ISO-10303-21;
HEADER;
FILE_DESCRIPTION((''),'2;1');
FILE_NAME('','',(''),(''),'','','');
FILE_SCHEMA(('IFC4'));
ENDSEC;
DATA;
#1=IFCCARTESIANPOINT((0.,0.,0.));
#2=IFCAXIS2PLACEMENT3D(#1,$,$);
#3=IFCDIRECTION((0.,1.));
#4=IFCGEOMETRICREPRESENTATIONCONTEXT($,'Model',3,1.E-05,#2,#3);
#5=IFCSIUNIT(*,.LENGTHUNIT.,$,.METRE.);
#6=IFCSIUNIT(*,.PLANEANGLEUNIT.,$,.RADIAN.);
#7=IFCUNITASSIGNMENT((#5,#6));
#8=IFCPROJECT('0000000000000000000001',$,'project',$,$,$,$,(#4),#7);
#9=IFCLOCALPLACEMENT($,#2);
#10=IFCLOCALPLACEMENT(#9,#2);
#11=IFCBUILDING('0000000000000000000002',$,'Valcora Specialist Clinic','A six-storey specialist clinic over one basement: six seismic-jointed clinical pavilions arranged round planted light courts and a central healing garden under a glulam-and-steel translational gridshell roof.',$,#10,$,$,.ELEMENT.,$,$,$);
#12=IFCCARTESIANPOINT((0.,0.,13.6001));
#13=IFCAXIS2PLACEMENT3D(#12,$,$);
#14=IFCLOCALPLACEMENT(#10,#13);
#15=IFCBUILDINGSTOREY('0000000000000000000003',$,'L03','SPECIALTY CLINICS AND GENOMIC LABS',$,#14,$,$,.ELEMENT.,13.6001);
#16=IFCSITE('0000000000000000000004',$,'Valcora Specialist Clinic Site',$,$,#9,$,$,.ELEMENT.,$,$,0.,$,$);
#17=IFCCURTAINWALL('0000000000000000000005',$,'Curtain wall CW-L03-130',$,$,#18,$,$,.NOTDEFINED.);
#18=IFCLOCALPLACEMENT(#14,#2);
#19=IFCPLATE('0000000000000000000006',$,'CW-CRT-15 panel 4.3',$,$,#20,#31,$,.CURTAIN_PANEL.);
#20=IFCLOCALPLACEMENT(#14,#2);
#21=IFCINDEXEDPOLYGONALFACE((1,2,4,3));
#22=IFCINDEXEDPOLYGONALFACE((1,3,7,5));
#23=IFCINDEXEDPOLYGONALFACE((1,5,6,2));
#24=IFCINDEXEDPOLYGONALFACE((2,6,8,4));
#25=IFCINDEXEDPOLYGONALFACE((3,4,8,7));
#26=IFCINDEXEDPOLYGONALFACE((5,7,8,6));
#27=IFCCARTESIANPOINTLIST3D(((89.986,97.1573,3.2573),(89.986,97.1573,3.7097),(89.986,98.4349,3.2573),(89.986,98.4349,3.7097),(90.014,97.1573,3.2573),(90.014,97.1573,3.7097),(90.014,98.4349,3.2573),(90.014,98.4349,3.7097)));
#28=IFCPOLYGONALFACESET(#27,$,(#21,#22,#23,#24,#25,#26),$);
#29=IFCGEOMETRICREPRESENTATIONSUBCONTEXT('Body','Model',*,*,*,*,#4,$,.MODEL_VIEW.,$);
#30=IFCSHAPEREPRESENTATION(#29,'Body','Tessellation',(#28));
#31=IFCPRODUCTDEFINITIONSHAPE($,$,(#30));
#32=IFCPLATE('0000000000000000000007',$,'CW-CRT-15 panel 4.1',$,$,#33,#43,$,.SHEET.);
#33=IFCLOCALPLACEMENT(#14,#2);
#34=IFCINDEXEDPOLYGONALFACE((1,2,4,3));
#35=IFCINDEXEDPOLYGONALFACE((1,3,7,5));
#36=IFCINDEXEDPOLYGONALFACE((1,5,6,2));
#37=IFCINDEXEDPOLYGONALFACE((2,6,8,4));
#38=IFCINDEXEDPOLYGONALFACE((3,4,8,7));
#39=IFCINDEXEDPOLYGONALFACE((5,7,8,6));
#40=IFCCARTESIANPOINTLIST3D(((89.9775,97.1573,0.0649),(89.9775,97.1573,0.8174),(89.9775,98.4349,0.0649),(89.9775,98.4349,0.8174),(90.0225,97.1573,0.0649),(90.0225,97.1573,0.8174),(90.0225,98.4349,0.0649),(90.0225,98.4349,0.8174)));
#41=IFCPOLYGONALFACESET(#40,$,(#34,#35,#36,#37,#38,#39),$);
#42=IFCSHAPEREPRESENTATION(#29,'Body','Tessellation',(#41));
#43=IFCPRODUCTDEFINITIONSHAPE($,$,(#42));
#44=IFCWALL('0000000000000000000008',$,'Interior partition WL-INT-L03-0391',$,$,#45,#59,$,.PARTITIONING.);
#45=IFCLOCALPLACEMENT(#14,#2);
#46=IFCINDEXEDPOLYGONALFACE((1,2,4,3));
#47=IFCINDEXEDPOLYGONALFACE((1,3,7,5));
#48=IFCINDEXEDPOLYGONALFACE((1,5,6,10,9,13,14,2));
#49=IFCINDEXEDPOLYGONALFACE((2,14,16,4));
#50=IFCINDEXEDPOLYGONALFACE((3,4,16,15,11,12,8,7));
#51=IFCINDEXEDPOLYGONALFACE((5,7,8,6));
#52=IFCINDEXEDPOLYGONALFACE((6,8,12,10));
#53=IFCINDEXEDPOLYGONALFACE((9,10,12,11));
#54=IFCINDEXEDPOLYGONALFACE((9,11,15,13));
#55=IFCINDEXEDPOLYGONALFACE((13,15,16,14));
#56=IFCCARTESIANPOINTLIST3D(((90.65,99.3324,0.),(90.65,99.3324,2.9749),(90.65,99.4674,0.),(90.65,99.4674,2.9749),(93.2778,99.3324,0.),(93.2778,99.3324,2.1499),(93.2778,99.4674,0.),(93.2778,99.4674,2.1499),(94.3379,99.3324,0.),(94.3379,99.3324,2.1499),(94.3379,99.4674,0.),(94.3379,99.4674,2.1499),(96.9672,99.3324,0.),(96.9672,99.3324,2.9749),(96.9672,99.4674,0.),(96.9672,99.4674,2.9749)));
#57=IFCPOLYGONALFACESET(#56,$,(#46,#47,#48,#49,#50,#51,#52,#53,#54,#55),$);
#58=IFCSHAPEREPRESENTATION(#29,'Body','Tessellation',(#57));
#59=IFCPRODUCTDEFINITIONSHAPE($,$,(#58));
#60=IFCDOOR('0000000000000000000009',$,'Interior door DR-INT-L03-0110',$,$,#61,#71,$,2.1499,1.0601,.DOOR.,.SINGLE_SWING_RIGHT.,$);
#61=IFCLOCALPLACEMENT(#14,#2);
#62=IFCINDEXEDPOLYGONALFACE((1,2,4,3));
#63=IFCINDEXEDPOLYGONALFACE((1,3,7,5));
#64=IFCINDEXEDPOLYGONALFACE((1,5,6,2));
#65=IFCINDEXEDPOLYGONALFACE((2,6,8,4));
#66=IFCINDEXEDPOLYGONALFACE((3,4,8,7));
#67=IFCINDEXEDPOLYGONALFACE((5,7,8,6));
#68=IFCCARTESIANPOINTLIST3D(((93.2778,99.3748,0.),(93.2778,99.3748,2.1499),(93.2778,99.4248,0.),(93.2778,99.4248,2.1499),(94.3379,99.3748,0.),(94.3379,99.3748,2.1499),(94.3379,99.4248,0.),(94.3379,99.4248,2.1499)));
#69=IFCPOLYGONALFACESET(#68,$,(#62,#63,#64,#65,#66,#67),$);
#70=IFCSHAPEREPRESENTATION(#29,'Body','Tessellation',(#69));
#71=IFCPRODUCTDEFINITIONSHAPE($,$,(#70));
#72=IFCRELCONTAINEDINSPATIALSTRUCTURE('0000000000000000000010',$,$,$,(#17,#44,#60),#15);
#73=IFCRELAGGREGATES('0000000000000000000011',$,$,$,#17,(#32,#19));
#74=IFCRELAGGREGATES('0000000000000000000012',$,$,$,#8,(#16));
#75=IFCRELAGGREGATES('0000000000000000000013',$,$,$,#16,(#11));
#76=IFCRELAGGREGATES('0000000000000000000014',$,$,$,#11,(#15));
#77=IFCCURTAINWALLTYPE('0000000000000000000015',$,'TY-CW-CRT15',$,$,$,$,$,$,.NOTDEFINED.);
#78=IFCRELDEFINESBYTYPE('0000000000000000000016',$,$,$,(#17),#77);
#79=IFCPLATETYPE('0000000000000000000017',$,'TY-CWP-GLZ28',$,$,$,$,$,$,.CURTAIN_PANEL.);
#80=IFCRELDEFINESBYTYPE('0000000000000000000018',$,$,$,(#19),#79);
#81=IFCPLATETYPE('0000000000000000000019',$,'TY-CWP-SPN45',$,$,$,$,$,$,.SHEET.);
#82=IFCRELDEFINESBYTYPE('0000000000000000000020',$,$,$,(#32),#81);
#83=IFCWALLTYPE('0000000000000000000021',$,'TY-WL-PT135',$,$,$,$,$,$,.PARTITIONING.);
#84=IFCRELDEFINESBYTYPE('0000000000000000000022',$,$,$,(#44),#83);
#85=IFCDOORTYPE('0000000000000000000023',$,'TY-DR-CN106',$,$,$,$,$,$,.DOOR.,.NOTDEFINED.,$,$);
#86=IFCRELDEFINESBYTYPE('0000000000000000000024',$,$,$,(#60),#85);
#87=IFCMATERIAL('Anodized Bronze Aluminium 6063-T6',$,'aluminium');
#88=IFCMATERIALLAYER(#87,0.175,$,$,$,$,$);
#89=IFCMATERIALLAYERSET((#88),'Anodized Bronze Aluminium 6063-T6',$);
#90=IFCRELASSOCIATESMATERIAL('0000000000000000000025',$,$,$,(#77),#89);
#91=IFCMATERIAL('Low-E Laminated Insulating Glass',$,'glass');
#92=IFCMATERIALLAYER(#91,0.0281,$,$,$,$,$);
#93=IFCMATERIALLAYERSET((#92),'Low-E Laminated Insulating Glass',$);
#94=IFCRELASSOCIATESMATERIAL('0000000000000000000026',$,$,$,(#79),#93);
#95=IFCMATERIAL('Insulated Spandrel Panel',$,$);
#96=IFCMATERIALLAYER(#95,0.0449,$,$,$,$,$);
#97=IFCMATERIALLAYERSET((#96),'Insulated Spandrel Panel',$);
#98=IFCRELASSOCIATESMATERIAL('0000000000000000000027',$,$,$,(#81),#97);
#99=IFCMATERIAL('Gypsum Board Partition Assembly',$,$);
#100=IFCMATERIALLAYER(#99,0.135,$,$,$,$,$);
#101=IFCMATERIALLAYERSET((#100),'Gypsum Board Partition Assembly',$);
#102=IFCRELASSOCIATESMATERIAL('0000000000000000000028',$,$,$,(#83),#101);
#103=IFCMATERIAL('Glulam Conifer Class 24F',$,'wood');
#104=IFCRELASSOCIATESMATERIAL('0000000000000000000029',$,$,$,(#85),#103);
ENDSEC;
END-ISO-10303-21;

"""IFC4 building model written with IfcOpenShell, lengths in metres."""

from ifc_helpers import new_model, si_unit, direction, frame, frame_2d, origin, origin_2d, place, context, subcontext, project, spatial, rectangle, extrude, material, layer, layer_set, type_object, element, fill, aggregate, save


model = new_model("IFC4")

# Units and contexts
model_context = context("Model", 3, precision=1e-05, world=origin(), true_north=direction((0.0, 1.0)))
body_context = subcontext(model_context, "Body", "Model", "MODEL_VIEW")
ifc_project = project(units=[si_unit("LENGTHUNIT", "METRE"), si_unit("PLANEANGLEUNIT", "RADIAN")], contexts=[model_context])

# Site, building, storey
site_placement = place(None, origin())
site = spatial("IfcSite", under=ifc_project, at=site_placement, Name="Valcora Specialist Clinic Site", CompositionType="ELEMENT", RefElevation=0.0)
building_placement = place(site_placement, origin())
building = spatial("IfcBuilding", under=site, at=building_placement, Name="Valcora Specialist Clinic", Description="A six-storey specialist clinic over one basement: six seismic-jointed clinical pavilions arranged round planted light courts and a central healing garden under a glulam-and-steel translational gridshell roof.", CompositionType="ELEMENT")
storey_placement = place(building_placement, frame((0.0, 0.0, 13.6001)))
storey = spatial("IfcBuildingStorey", under=building, at=storey_placement, Name="L03", Description="SPECIALTY CLINICS AND GENOMIC LABS", CompositionType="ELEMENT", Elevation=13.6001)

# Curtain wall, plates
ifc_material_1 = material(Name="Anodized Bronze Aluminium 6063-T6", Category="aluminium")
ifc_layer_1 = layer(ifc_material_1, 0.175)
ifc_layer_set_1 = layer_set([ifc_layer_1], Name="Anodized Bronze Aluminium 6063-T6")
curtain_wall_type = type_object("IfcCurtainWallType", Name="TY-CW-CRT15", PredefinedType="NOTDEFINED", material=ifc_layer_set_1)
curtain_wall_placement = place(storey_placement, origin())
curtain_wall = element("IfcCurtainWall", 1, at=curtain_wall_placement, inside=storey, type_object=curtain_wall_type, Name="Curtain wall CW-L03-130", PredefinedType="NOTDEFINED")
ifc_material_2 = material(Name="Low-E Laminated Insulating Glass", Category="glass")
ifc_layer_2 = layer(ifc_material_2, 0.0281)
ifc_layer_set_2 = layer_set([ifc_layer_2], Name="Low-E Laminated Insulating Glass")
plate_type_1 = type_object("IfcPlateType", Name="TY-CWP-GLZ28", PredefinedType="CURTAIN_PANEL", material=ifc_layer_set_2)
plate_1_placement = place(storey_placement, frame((90.0, 97.7961, 3.2573), z_axis=(0.0, 0.0, 1.0), x_axis=(0.0, 1.0, 0.0)))
plate_1 = element("IfcPlate", 2, at=plate_1_placement, type_object=plate_type_1, Name="CW-CRT-15 panel 4.3", PredefinedType="CURTAIN_PANEL", context=body_context, shape_type="SweptSolid", body=[
    extrude(rectangle(XDim=1.2776, YDim=0.0281, at=origin_2d()), origin(), (0.0, 0.0, 1.0), 0.4524),
])
ifc_material_3 = material(Name="Insulated Spandrel Panel")
ifc_layer_3 = layer(ifc_material_3, 0.0449)
ifc_layer_set_3 = layer_set([ifc_layer_3], Name="Insulated Spandrel Panel")
plate_type_2 = type_object("IfcPlateType", Name="TY-CWP-SPN45", PredefinedType="SHEET", material=ifc_layer_set_3)
plate_2_placement = place(storey_placement, frame((90.0, 97.7961, 0.0649), z_axis=(0.0, 0.0, 1.0), x_axis=(0.0, 1.0, 0.0)))
plate_2 = element("IfcPlate", 3, at=plate_2_placement, type_object=plate_type_2, Name="CW-CRT-15 panel 4.1", PredefinedType="SHEET", context=body_context, shape_type="SweptSolid", body=[
    extrude(rectangle(XDim=1.2776, YDim=0.0449, at=origin_2d()), origin(), (0.0, 0.0, 1.0), 0.7524),
])
aggregate(curtain_wall, [plate_2, plate_1])

# Wall, opening, door
ifc_material_4 = material(Name="Gypsum Board Partition Assembly")
ifc_layer_4 = layer(ifc_material_4, 0.135)
ifc_layer_set_4 = layer_set([ifc_layer_4], Name="Gypsum Board Partition Assembly")
wall_type = type_object("IfcWallType", Name="TY-WL-PT135", PredefinedType="PARTITIONING", material=ifc_layer_set_4)
wall_placement = place(storey_placement, frame((90.6499, 99.3999, 0.0), z_axis=(0.0, 0.0, 1.0), x_axis=(1.0, 0.0, 0.0)))
wall = element("IfcWall", 4, at=wall_placement, inside=storey, type_object=wall_type, Name="Interior partition WL-INT-L03-0391", PredefinedType="PARTITIONING", context=body_context, shape_type="SweptSolid", body=[
    extrude(rectangle(XDim=6.3171, YDim=0.135, at=frame_2d((3.1587, 0.0))), origin(), (0.0, 0.0, 1.0), 2.9749),
])
opening_placement = place(wall_placement, frame((2.6279, 0.0, 0.0)))
opening = element("IfcOpeningElement", 5, at=opening_placement, cuts=wall, PredefinedType="OPENING", context=body_context, shape_type="SweptSolid", body=[
    extrude(rectangle(XDim=1.0601, YDim=2.1499, at=frame_2d((0.53, 1.075))), frame((0.0, 0.0774, 0.0), z_axis=(0.0, -1.0, 0.0), x_axis=(1.0, 0.0, 0.0)), (0.0, 0.0, 1.0), 0.155),
])
ifc_material_5 = material(Name="Glulam Conifer Class 24F", Category="wood")
door_type = type_object("IfcDoorType", Name="TY-DR-CN106", OperationType="NOTDEFINED", PredefinedType="DOOR", material=ifc_material_5)
door_placement = place(opening_placement, origin())
door = element("IfcDoor", 6, at=door_placement, inside=storey, type_object=door_type, Name="Interior door DR-INT-L03-0110", OperationType="SINGLE_SWING_RIGHT", OverallHeight=2.1499, OverallWidth=1.0601, PredefinedType="DOOR", context=body_context, shape_type="SweptSolid", body=[
    extrude(rectangle(XDim=1.0601, YDim=2.1499, at=frame_2d((0.53, 1.075))), frame((0.0, 0.0249, 0.0), z_axis=(0.0, -1.0, 0.0), x_axis=(1.0, 0.0, 0.0)), (0.0, 0.0, 1.0), 0.05),
])
fill(opening, door)

save(model, "model.ifc")
